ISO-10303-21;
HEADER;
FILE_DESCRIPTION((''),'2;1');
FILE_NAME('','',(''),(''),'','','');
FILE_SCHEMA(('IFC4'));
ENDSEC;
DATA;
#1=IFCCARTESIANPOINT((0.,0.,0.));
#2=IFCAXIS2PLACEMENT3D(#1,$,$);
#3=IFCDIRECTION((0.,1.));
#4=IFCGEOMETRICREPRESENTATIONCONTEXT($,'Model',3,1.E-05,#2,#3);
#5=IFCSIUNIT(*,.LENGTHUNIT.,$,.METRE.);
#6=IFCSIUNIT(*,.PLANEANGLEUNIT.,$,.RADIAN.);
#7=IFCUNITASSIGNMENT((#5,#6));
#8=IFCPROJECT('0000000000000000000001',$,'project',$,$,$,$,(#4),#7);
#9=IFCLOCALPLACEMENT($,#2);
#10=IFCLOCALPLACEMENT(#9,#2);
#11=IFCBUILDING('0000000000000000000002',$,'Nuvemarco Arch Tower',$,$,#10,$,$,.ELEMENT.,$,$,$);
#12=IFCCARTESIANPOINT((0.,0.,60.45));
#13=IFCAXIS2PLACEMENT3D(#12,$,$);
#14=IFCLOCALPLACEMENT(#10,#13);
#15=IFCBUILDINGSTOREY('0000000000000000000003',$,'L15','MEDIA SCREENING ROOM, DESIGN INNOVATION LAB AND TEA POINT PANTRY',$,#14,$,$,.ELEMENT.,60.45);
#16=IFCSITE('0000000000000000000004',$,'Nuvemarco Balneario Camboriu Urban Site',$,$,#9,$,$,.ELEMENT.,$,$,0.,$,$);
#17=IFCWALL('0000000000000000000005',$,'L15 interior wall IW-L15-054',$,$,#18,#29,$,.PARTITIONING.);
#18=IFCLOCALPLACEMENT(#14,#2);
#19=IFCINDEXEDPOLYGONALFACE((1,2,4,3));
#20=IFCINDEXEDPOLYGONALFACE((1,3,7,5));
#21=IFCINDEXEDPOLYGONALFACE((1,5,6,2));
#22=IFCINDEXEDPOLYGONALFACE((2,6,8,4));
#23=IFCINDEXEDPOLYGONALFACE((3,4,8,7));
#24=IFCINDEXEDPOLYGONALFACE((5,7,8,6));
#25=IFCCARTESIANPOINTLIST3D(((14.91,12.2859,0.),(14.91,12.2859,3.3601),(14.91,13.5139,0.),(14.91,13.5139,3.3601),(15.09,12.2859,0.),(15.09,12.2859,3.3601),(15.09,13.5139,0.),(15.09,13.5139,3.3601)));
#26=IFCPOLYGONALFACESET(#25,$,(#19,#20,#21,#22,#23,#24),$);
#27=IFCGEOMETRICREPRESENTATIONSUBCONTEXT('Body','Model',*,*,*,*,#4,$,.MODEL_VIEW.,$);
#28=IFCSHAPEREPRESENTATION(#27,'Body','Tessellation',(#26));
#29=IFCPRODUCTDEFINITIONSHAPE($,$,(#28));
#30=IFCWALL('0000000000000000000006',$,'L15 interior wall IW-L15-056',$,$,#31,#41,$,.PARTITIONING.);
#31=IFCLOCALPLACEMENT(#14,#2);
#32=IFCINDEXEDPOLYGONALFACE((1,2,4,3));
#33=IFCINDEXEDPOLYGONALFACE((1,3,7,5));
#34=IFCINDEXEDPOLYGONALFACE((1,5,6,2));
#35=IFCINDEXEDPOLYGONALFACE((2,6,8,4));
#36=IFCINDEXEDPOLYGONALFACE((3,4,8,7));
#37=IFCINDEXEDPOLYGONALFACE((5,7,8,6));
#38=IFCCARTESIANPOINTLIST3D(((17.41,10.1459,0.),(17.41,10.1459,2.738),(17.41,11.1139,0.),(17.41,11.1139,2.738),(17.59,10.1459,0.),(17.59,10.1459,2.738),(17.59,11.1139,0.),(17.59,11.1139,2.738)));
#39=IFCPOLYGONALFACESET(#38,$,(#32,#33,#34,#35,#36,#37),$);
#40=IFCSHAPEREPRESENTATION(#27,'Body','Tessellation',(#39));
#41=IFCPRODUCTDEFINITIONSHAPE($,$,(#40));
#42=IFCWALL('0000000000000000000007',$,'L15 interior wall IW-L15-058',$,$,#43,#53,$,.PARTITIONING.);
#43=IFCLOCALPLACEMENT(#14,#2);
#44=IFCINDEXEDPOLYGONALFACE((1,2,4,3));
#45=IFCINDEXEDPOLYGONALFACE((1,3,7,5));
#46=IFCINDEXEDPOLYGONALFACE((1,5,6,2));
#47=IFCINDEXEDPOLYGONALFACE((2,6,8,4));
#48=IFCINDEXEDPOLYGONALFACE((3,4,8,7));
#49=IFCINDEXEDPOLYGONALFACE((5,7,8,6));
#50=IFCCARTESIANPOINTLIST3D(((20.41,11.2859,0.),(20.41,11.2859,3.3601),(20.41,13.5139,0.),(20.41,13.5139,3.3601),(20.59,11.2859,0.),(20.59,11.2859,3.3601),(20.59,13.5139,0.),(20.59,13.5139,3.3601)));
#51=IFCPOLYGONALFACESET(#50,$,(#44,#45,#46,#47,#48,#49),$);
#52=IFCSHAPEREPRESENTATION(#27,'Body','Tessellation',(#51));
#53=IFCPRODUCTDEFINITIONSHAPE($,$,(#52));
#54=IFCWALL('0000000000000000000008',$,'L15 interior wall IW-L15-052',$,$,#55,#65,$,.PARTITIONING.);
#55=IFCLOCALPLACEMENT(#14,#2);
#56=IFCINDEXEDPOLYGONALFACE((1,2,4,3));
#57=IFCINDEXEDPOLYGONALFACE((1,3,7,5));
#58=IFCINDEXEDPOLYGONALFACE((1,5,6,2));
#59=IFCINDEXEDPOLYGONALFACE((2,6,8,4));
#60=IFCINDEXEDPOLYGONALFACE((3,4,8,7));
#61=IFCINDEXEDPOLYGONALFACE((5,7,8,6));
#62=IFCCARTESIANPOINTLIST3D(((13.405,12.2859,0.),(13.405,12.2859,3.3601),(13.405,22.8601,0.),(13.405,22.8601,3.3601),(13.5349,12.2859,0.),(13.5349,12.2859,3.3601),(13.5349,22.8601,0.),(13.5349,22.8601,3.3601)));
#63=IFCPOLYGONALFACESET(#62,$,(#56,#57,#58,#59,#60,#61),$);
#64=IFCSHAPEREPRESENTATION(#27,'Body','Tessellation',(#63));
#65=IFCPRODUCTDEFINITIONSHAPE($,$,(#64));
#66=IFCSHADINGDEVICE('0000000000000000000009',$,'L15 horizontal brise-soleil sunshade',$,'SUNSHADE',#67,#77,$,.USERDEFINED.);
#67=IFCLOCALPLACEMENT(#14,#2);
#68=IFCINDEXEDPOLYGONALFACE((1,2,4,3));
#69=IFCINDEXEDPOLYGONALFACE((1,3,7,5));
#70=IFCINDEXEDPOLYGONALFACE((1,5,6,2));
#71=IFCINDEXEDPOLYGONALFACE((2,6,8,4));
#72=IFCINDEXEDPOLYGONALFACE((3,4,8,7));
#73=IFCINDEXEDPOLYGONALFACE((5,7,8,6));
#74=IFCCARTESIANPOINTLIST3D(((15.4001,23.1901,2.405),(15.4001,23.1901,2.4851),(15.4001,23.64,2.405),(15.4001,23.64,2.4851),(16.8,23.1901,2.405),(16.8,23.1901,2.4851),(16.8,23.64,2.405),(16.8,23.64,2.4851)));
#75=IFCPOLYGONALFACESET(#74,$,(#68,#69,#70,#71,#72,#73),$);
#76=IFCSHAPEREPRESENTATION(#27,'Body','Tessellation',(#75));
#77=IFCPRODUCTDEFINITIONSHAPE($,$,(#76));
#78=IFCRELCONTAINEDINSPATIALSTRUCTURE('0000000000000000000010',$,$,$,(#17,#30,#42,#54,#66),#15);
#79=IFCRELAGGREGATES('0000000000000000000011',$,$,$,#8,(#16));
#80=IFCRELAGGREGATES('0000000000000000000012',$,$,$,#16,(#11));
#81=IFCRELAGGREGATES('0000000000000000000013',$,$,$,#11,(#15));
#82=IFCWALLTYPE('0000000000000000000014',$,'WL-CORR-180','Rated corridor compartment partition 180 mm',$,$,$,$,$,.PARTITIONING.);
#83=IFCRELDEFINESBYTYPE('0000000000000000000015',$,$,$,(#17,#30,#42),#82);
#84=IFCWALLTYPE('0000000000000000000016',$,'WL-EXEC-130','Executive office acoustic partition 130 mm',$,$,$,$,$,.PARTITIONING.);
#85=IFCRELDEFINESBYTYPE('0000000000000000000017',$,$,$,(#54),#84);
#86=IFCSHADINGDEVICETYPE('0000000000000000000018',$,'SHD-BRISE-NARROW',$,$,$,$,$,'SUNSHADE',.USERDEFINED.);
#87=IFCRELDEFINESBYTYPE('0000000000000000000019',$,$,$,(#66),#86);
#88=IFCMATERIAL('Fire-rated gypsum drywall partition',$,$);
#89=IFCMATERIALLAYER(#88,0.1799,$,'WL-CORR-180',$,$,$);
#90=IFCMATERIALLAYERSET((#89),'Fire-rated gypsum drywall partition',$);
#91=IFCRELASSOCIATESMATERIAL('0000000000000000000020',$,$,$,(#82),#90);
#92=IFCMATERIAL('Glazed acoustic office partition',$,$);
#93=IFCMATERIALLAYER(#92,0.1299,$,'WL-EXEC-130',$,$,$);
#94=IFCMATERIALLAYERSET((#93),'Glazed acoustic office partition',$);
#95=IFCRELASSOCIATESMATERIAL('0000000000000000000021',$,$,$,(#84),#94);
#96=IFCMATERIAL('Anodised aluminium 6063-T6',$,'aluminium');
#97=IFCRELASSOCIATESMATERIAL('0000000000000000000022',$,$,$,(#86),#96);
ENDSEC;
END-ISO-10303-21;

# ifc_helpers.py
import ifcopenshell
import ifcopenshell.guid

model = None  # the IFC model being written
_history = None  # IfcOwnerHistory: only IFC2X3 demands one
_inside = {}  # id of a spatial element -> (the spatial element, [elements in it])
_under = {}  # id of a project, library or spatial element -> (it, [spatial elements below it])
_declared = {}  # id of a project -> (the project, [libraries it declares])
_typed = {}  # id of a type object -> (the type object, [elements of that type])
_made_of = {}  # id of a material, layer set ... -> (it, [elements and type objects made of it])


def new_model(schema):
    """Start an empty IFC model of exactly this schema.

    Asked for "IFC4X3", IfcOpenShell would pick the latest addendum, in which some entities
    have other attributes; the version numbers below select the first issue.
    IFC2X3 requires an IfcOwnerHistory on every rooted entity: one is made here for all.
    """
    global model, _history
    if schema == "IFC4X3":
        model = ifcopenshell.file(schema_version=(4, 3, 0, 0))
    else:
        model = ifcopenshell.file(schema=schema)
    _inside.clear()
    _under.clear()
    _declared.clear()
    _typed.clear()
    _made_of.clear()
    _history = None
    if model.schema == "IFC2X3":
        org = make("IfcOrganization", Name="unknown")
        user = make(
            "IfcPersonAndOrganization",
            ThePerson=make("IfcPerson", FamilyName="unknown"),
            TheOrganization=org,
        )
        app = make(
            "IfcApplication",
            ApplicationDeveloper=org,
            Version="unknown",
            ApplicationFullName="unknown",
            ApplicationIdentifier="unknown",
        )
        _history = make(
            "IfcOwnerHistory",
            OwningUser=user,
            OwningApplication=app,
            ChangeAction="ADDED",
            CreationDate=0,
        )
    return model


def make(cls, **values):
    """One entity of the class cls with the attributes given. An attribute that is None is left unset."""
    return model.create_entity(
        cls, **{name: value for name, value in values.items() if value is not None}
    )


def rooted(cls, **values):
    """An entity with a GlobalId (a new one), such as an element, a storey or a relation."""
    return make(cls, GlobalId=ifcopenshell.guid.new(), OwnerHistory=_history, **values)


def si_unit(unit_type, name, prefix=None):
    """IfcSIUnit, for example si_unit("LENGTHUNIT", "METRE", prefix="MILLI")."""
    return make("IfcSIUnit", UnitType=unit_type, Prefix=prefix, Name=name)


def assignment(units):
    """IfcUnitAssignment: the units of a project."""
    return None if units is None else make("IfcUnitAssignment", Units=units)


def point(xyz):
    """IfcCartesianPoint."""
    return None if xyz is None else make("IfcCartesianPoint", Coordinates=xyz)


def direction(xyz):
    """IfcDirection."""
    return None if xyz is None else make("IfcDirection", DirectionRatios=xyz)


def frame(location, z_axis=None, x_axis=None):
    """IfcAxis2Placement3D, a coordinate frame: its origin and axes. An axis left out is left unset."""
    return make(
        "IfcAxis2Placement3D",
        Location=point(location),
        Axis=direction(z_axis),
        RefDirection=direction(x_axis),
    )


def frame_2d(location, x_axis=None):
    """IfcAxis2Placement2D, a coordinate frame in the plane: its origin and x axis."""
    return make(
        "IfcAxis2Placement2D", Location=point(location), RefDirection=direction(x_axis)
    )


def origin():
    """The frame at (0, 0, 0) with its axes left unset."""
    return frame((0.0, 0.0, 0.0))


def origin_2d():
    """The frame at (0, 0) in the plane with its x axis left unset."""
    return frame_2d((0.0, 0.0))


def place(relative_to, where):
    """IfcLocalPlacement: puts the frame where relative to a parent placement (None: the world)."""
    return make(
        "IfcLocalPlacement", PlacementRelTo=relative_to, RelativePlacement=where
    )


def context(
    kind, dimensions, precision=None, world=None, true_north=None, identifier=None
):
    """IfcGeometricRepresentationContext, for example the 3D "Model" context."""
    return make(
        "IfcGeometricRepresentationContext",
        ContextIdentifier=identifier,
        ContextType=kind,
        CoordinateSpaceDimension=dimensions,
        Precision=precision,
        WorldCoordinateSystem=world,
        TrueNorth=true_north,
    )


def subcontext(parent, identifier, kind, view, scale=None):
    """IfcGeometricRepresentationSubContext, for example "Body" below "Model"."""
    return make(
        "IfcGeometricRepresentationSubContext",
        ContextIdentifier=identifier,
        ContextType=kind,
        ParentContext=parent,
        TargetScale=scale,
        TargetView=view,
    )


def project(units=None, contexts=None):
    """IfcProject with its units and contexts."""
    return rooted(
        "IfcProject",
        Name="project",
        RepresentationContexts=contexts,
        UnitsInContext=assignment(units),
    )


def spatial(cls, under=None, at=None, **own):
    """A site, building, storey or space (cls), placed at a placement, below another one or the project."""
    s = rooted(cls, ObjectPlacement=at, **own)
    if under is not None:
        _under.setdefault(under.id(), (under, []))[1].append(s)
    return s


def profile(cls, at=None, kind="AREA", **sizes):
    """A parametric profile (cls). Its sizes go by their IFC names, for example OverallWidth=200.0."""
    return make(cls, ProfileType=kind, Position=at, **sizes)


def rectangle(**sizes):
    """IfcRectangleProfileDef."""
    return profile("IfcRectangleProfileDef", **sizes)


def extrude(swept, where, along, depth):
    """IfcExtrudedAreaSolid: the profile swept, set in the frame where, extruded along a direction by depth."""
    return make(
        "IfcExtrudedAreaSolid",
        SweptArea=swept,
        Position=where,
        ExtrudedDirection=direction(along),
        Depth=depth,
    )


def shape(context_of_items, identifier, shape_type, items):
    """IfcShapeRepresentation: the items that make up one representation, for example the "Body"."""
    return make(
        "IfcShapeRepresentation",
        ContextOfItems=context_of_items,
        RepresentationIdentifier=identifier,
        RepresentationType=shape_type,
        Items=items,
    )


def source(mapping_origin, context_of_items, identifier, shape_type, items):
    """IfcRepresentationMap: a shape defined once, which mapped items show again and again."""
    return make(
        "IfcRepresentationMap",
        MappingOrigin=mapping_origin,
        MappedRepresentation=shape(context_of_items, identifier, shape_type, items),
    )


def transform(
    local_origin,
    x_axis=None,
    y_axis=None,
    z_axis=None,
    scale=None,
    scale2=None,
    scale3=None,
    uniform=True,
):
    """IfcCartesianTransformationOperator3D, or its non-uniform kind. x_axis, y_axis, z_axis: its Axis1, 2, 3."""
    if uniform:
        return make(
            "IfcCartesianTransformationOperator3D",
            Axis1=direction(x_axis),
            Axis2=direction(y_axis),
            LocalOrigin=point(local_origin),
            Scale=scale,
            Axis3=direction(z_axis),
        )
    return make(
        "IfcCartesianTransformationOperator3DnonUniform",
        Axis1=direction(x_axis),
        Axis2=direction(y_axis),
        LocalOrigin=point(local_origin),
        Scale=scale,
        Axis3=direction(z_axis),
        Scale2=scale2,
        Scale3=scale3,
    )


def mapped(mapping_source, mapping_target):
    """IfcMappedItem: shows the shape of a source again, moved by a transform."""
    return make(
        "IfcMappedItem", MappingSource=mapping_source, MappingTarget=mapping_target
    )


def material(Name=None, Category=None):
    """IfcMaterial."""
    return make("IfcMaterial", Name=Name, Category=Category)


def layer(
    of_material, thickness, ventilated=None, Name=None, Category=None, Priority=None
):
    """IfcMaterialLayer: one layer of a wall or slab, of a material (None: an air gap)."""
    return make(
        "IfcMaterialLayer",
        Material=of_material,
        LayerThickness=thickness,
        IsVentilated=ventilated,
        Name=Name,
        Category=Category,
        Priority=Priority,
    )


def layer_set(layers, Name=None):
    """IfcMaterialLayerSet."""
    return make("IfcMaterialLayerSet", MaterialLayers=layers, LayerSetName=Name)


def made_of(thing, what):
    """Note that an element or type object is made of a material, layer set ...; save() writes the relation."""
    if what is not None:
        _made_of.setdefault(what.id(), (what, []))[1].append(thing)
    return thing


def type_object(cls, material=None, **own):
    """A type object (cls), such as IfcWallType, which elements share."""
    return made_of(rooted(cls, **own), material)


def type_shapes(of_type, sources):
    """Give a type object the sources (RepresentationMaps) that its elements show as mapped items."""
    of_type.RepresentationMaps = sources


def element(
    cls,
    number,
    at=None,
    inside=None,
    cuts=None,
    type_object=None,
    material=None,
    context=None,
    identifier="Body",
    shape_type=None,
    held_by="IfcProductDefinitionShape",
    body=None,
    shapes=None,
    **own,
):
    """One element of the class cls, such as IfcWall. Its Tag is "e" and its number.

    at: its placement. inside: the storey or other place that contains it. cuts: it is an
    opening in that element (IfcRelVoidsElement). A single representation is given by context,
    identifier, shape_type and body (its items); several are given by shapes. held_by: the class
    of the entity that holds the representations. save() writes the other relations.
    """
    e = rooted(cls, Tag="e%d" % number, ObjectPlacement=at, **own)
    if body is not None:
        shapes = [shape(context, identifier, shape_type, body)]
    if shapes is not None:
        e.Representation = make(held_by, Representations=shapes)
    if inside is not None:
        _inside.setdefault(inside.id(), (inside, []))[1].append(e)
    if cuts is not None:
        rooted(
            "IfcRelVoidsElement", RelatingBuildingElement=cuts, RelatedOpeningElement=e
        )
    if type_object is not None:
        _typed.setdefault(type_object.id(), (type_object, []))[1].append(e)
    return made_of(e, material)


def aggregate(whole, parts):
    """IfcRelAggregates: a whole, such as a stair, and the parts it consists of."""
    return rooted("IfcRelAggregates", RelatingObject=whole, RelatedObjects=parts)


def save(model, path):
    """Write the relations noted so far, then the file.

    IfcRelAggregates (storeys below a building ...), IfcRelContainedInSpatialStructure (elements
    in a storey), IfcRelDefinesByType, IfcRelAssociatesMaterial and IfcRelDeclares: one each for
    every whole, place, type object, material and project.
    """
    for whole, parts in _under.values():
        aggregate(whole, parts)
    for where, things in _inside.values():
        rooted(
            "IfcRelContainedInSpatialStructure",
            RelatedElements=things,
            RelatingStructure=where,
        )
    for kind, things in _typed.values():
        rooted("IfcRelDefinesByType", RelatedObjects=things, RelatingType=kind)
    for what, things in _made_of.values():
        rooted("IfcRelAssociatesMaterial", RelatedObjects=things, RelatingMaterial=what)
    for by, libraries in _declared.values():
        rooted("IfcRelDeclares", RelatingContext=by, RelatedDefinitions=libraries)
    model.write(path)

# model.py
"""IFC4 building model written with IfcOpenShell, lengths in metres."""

from ifc_helpers import new_model, si_unit, direction, frame, frame_2d, origin, origin_2d, place, context, subcontext, project, spatial, rectangle, extrude, source, transform, mapped, material, layer, layer_set, type_object, type_shapes, element, save


model = new_model("IFC4")

# Units and contexts
model_context = context("Model", 3, precision=1e-05, world=origin(), true_north=direction((0.0, 1.0)))
body_context = subcontext(model_context, "Body", "Model", "MODEL_VIEW")
ifc_project = project(units=[si_unit("LENGTHUNIT", "METRE"), si_unit("PLANEANGLEUNIT", "RADIAN")], contexts=[model_context])

# Site, building, storey
site_placement = place(None, origin())
site = spatial("IfcSite", under=ifc_project, at=site_placement, Name="Nuvemarco Balneario Camboriu Urban Site", CompositionType="ELEMENT", RefElevation=0.0)
building_placement = place(site_placement, origin())
building = spatial("IfcBuilding", under=site, at=building_placement, Name="Nuvemarco Arch Tower", CompositionType="ELEMENT")
storey_placement = place(building_placement, frame((0.0, 0.0, 60.45)))
storey = spatial("IfcBuildingStorey", under=building, at=storey_placement, Name="L15", Description="MEDIA SCREENING ROOM, DESIGN INNOVATION LAB AND TEA POINT PANTRY", CompositionType="ELEMENT", Elevation=60.45)

# Shared definitions
ifc_material_1 = material(Name="Fire-rated gypsum drywall partition")
ifc_layer_1 = layer(ifc_material_1, 0.1799, Name="WL-CORR-180")
ifc_layer_set_1 = layer_set([ifc_layer_1], Name="Fire-rated gypsum drywall partition")
wall_type_1 = type_object("IfcWallType", Name="WL-CORR-180", Description="Rated corridor compartment partition 180 mm", PredefinedType="PARTITIONING", material=ifc_layer_set_1)

# Walls
wall_1_placement = place(storey_placement, frame((15.0, 12.2859, 0.0), z_axis=(0.0, 0.0, 1.0), x_axis=(0.0, 1.0, 0.0)))
element("IfcWall", 1, at=wall_1_placement, inside=storey, type_object=wall_type_1, Name="L15 interior wall IW-L15-054", PredefinedType="PARTITIONING", context=body_context, shape_type="SweptSolid", body=[
    extrude(rectangle(XDim=1.228, YDim=0.1799, at=frame_2d((0.614, 0.0))), origin(), (0.0, 0.0, 1.0), 3.3601),
])
wall_2_placement = place(storey_placement, frame((17.5, 10.146, 0.0), z_axis=(0.0, 0.0, 1.0), x_axis=(0.0, 1.0, 0.0)))
element("IfcWall", 2, at=wall_2_placement, inside=storey, type_object=wall_type_1, Name="L15 interior wall IW-L15-056", PredefinedType="PARTITIONING", context=body_context, shape_type="SweptSolid", body=[
    extrude(rectangle(XDim=0.968, YDim=0.1799, at=frame_2d((0.4839, 0.0))), origin(), (0.0, 0.0, 1.0), 2.738),
])
wall_3_placement = place(storey_placement, frame((20.5, 11.2859, 0.0), z_axis=(0.0, 0.0, 1.0), x_axis=(0.0, 1.0, 0.0)))
element("IfcWall", 3, at=wall_3_placement, inside=storey, type_object=wall_type_1, Name="L15 interior wall IW-L15-058", PredefinedType="PARTITIONING", context=body_context, shape_type="SweptSolid", body=[
    extrude(rectangle(XDim=2.228, YDim=0.1799, at=frame_2d((1.114, 0.0))), origin(), (0.0, 0.0, 1.0), 3.3601),
])
ifc_material_2 = material(Name="Glazed acoustic office partition")
ifc_layer_2 = layer(ifc_material_2, 0.1299, Name="WL-EXEC-130")
ifc_layer_set_2 = layer_set([ifc_layer_2], Name="Glazed acoustic office partition")
wall_type_2 = type_object("IfcWallType", Name="WL-EXEC-130", Description="Executive office acoustic partition 130 mm", PredefinedType="PARTITIONING", material=ifc_layer_set_2)
wall_4_placement = place(storey_placement, frame((13.47, 12.2859, 0.0), z_axis=(0.0, 0.0, 1.0), x_axis=(0.0, 1.0, 0.0)))
element("IfcWall", 4, at=wall_4_placement, inside=storey, type_object=wall_type_2, Name="L15 interior wall IW-L15-052", PredefinedType="PARTITIONING", context=body_context, shape_type="SweptSolid", body=[
    extrude(rectangle(XDim=10.5742, YDim=0.1299, at=frame_2d((5.2871, 0.0))), origin(), (0.0, 0.0, 1.0), 3.3601),
])

# Shading device
ifc_material_3 = material(Name="Anodised aluminium 6063-T6", Category="aluminium")
shading_device_type = type_object("IfcShadingDeviceType", Name="SHD-BRISE-NARROW", ElementType="SUNSHADE", PredefinedType="USERDEFINED", material=ifc_material_3)
shared_shape_1 = source(origin(), body_context, "Body", "SweptSolid", [
    extrude(rectangle(XDim=1.3999, YDim=0.45, at=origin_2d()), origin(), (0.0, 0.0, 1.0), 0.0801),
])
type_shapes(shading_device_type, [shared_shape_1])
shading_device_placement = place(storey_placement, frame((16.1001, 23.415, 2.405), z_axis=(0.0, 0.0, 1.0), x_axis=(1.0, 0.0, 0.0)))
element("IfcShadingDevice", 5, at=shading_device_placement, inside=storey, type_object=shading_device_type, Name="L15 horizontal brise-soleil sunshade", ObjectType="SUNSHADE", PredefinedType="USERDEFINED", context=body_context, shape_type="MappedRepresentation", body=[
    mapped(shared_shape_1, transform((0.0, 0.0, 0.0), scale=1.0)),
])

save(model, "model.ifc")
